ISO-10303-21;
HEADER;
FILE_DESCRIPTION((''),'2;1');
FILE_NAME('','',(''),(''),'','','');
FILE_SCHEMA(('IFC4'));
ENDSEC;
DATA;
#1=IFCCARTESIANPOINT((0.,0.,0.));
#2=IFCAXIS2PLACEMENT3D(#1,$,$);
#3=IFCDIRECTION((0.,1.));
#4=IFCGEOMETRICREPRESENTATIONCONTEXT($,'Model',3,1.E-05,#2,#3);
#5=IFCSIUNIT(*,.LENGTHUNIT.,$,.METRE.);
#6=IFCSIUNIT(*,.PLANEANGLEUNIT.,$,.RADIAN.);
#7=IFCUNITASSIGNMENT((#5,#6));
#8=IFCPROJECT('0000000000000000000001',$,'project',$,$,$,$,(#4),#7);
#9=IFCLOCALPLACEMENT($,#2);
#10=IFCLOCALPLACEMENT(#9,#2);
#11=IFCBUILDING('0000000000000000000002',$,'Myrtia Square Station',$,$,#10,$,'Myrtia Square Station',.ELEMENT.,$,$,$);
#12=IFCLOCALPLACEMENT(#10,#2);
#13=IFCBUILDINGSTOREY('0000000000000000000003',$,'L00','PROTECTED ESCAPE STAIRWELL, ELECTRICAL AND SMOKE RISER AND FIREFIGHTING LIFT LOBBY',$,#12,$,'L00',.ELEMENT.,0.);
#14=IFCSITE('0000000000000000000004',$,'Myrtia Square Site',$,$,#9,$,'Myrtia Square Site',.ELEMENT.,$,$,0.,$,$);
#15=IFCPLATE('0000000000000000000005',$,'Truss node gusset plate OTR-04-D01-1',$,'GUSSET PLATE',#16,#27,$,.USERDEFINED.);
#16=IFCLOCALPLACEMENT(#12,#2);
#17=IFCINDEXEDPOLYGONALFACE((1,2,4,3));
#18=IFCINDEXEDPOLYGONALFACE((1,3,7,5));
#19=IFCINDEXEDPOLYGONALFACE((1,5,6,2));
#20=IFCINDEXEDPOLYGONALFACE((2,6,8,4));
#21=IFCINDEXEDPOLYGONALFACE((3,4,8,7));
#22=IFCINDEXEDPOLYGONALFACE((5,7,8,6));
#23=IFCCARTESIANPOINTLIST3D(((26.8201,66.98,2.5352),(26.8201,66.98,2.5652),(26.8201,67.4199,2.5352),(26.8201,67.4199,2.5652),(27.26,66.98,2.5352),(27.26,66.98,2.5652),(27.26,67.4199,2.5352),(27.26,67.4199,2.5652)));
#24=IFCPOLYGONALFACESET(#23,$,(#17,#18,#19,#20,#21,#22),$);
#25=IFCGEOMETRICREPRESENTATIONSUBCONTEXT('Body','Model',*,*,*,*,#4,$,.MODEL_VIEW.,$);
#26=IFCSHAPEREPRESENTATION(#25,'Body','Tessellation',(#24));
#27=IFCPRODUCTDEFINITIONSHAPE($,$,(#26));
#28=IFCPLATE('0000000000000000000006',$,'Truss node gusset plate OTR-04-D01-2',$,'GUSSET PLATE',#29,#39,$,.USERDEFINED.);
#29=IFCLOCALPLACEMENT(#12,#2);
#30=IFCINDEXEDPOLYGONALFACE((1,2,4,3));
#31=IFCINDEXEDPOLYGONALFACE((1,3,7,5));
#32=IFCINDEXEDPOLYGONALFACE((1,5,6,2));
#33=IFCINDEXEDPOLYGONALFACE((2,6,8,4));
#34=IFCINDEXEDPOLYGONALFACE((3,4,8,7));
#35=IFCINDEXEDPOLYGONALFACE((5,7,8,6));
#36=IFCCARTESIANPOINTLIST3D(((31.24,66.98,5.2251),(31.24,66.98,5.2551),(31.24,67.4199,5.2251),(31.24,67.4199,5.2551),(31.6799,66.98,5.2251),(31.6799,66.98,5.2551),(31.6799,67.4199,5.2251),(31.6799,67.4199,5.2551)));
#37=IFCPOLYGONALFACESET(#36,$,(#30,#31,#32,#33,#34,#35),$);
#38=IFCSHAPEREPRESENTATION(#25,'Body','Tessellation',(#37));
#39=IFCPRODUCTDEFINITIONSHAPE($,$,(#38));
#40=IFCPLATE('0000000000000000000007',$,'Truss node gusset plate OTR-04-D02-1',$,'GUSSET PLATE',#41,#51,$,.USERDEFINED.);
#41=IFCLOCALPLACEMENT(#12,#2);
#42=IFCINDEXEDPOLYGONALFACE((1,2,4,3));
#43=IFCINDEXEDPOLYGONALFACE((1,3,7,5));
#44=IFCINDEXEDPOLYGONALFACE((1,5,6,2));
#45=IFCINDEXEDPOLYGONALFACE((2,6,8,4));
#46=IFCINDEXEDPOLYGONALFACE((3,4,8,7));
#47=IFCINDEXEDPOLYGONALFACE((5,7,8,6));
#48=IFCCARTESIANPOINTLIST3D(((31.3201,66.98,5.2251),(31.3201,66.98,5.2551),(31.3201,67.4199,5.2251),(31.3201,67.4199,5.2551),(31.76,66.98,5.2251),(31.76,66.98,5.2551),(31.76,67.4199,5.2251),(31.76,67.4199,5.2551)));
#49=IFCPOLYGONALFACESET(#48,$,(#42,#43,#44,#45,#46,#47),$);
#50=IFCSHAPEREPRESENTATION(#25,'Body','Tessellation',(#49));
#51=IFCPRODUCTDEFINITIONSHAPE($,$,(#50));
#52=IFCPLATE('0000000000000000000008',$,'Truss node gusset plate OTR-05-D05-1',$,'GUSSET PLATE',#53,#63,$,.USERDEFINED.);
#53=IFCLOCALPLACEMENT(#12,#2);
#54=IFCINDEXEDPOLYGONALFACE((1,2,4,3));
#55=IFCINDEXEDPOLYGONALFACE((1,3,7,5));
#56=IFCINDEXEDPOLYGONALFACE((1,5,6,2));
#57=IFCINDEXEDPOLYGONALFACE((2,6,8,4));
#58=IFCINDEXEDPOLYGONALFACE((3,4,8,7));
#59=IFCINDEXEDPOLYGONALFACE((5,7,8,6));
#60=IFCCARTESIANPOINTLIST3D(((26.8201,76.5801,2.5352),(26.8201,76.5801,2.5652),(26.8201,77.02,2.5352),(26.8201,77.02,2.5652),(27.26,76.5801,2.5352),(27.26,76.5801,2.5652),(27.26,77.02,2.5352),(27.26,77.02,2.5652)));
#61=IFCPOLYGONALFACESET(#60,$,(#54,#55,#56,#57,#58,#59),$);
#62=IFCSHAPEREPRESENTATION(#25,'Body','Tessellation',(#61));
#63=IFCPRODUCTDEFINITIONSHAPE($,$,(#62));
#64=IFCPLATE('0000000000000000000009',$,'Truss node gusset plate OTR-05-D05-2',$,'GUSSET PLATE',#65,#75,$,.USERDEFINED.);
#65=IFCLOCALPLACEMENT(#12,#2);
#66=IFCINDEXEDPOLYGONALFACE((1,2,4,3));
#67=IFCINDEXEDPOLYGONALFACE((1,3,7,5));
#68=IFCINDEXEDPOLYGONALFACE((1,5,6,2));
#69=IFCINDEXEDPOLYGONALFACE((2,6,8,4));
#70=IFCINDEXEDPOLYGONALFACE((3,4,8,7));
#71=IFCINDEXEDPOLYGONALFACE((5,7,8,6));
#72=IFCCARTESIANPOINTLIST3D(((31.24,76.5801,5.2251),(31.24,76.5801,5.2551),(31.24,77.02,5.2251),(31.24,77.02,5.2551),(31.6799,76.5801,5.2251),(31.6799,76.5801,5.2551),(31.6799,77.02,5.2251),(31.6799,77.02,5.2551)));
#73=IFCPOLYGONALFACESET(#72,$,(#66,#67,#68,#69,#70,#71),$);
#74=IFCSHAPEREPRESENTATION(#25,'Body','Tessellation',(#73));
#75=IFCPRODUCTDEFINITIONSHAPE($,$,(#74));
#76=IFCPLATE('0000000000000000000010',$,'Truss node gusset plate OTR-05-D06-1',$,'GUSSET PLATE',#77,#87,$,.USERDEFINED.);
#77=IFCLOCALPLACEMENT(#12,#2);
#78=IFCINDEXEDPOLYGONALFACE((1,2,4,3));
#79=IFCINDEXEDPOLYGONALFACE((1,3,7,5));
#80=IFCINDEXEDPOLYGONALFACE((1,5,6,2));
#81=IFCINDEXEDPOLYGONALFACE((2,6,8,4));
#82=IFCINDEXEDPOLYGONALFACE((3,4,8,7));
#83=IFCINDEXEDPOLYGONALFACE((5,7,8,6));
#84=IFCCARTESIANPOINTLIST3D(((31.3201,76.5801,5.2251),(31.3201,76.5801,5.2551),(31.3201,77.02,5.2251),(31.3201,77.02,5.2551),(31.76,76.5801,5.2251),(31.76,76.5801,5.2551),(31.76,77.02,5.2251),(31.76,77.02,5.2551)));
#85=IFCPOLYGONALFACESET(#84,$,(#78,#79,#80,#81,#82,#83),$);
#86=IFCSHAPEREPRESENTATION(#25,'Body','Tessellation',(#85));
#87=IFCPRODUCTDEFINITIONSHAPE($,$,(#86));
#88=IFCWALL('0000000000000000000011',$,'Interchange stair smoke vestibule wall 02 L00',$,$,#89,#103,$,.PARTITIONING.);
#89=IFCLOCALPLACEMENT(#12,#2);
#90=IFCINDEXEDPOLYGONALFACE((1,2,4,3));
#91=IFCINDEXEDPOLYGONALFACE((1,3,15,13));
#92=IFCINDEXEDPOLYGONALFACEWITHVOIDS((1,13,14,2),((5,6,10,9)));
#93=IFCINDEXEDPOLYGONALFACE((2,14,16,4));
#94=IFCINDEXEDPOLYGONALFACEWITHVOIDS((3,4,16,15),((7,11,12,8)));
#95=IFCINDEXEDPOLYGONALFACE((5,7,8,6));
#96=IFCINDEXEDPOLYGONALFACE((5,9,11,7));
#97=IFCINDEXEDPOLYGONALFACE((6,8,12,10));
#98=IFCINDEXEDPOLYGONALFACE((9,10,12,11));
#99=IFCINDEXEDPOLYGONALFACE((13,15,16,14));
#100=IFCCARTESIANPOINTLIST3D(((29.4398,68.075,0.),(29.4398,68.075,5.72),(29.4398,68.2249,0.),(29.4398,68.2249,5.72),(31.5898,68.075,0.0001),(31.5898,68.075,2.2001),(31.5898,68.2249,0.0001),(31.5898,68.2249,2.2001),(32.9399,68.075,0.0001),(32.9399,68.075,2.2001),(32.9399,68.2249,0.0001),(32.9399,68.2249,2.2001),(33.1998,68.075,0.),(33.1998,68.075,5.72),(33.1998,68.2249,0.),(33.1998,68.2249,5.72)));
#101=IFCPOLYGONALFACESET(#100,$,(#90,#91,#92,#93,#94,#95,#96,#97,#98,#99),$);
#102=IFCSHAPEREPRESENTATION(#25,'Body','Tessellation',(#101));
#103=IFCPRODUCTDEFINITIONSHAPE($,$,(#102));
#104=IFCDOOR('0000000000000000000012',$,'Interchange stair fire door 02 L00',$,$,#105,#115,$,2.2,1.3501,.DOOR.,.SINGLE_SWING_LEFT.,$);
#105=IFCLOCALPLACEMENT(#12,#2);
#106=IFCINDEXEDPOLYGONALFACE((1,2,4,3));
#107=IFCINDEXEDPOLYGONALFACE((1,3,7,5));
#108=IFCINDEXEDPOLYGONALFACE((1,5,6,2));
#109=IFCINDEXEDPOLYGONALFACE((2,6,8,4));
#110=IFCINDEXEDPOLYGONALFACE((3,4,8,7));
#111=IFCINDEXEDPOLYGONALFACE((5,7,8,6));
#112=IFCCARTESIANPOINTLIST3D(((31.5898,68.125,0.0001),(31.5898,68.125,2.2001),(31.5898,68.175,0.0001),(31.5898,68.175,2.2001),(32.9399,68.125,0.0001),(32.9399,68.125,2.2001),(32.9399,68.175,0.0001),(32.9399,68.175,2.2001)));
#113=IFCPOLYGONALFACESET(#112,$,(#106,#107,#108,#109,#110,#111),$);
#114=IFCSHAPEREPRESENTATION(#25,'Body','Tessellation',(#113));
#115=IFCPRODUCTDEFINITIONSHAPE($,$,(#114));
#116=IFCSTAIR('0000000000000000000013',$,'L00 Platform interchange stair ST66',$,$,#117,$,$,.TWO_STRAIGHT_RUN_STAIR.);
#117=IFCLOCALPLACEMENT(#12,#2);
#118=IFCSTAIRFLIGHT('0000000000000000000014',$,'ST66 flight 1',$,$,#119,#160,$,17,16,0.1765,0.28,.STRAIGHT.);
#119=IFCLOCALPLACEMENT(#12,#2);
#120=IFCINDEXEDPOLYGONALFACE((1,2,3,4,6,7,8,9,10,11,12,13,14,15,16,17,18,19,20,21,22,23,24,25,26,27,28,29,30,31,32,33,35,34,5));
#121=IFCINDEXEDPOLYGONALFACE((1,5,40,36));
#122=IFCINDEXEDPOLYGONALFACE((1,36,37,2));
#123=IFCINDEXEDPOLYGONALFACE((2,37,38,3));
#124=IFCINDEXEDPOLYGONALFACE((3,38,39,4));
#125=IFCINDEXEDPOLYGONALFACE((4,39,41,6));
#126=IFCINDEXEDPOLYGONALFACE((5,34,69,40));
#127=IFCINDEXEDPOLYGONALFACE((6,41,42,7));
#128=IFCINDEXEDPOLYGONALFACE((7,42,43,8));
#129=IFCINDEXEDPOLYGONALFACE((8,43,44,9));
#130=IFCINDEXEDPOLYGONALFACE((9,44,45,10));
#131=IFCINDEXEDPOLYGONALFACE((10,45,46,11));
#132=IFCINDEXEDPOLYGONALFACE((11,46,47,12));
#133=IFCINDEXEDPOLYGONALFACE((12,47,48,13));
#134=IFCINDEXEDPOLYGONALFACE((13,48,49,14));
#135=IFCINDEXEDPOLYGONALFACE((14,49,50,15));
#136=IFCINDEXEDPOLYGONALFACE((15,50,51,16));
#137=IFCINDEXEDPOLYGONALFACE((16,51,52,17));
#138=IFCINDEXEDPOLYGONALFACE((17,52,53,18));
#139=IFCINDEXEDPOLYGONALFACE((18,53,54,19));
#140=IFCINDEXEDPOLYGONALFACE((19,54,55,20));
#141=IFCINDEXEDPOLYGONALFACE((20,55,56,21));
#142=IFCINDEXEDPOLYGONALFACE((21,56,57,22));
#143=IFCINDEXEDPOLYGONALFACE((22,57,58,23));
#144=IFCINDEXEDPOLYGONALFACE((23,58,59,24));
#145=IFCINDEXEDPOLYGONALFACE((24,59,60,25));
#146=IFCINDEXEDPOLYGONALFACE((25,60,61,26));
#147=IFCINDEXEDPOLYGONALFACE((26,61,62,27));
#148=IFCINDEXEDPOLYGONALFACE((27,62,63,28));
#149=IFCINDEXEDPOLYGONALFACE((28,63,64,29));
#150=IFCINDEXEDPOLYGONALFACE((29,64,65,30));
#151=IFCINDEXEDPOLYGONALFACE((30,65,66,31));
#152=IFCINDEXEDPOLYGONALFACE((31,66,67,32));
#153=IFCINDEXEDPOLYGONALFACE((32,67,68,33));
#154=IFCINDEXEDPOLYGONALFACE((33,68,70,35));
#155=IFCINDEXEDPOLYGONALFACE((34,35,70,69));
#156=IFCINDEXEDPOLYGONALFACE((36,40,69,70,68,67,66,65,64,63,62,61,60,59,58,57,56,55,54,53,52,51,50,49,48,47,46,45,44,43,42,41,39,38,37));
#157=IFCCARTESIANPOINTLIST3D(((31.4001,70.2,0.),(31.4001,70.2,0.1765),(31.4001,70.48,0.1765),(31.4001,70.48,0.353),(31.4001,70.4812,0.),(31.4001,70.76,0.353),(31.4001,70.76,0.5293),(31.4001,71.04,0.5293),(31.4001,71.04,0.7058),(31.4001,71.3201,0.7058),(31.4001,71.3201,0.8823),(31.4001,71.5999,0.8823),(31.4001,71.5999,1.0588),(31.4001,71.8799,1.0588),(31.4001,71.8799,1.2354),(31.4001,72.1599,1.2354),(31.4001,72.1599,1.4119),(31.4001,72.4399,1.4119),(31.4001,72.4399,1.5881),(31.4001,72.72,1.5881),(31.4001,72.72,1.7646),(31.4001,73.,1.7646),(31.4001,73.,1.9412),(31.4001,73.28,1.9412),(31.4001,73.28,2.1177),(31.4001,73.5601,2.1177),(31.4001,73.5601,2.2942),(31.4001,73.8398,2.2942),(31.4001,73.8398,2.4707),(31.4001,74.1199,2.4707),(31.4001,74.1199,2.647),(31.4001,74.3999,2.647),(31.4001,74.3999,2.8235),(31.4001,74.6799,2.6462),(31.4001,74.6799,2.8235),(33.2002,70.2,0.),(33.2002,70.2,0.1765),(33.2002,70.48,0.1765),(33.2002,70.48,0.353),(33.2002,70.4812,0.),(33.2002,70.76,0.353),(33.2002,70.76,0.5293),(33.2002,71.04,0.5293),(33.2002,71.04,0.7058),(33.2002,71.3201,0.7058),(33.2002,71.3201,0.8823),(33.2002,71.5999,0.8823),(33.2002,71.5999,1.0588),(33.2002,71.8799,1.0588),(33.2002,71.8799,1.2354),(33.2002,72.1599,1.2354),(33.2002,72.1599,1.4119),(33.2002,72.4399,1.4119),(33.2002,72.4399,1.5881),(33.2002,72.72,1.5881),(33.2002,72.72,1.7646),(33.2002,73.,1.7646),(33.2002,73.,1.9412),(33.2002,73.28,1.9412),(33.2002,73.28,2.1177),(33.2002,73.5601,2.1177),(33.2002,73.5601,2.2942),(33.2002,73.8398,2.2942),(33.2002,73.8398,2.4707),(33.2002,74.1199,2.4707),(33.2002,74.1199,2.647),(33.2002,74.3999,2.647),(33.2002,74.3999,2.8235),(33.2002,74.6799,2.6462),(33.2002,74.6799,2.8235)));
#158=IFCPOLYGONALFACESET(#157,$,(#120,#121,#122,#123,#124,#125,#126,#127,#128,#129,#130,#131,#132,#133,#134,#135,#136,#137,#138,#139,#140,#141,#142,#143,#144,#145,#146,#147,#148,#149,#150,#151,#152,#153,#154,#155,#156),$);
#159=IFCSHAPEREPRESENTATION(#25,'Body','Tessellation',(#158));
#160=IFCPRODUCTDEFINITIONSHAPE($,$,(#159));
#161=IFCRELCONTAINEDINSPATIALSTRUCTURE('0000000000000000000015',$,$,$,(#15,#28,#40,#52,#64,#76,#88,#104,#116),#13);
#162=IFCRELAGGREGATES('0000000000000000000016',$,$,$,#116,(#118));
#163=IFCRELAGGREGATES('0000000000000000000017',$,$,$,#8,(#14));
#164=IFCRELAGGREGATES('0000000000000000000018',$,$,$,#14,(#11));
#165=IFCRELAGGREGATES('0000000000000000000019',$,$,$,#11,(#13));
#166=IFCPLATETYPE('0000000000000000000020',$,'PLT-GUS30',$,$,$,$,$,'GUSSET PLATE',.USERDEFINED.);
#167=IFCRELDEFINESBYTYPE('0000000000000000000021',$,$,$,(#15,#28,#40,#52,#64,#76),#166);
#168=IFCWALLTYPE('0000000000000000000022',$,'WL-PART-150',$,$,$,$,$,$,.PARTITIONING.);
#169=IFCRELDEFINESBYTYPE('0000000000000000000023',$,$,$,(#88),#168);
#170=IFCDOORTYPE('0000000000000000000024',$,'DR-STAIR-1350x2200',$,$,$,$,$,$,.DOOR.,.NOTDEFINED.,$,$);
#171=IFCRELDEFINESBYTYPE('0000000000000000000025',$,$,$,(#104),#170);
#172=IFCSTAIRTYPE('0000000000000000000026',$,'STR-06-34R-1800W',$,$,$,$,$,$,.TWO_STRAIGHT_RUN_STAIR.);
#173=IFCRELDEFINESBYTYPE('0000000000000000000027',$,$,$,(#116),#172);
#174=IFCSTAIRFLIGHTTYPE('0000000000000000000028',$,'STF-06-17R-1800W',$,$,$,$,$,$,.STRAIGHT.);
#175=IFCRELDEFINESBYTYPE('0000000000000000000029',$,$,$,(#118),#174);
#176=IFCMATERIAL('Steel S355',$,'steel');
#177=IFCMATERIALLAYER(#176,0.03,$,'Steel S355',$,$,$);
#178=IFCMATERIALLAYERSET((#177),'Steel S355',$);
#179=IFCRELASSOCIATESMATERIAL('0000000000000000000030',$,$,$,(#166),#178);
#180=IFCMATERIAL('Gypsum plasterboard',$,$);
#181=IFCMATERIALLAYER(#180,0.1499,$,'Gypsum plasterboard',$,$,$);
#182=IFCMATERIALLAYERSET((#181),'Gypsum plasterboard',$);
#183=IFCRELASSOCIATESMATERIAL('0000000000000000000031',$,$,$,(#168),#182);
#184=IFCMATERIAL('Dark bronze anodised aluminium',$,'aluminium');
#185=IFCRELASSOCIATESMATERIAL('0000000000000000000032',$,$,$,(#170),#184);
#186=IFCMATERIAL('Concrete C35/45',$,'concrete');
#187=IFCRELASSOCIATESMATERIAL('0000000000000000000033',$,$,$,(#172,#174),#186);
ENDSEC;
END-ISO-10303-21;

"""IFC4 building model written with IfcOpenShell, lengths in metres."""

from ifc_helpers import new_model, si_unit, direction, frame, frame_2d, origin, origin_2d, place, context, subcontext, project, spatial, polyline, rectangle, outline, extrude, material, layer, layer_set, type_object, element, fill, aggregate, save


model = new_model("IFC4")

# Units and contexts
model_context = context("Model", 3, precision=1e-05, world=origin(), true_north=direction((0.0, 1.0)))
body_context = subcontext(model_context, "Body", "Model", "MODEL_VIEW")
ifc_project = project(units=[si_unit("LENGTHUNIT", "METRE"), si_unit("PLANEANGLEUNIT", "RADIAN")], contexts=[model_context])

# Site, building, storey
site_placement = place(None, origin())
site = spatial("IfcSite", under=ifc_project, at=site_placement, Name="Myrtia Square Site", LongName="Myrtia Square Site", CompositionType="ELEMENT", RefElevation=0.0)
building_placement = place(site_placement, origin())
building = spatial("IfcBuilding", under=site, at=building_placement, Name="Myrtia Square Station", LongName="Myrtia Square Station", CompositionType="ELEMENT")
storey_placement = place(building_placement, origin())
storey = spatial("IfcBuildingStorey", under=building, at=storey_placement, Name="L00", Description="PROTECTED ESCAPE STAIRWELL, ELECTRICAL AND SMOKE RISER AND FIREFIGHTING LIFT LOBBY", LongName="L00", CompositionType="ELEMENT", Elevation=0.0)

# Shared definitions
ifc_material_1 = material(Name="Steel S355", Category="steel")

# Plates
ifc_layer_1 = layer(ifc_material_1, 0.03, Name="Steel S355")
ifc_layer_set_1 = layer_set([ifc_layer_1], Name="Steel S355")
plate_type = type_object("IfcPlateType", Name="PLT-GUS30", ElementType="GUSSET PLATE", PredefinedType="USERDEFINED", material=ifc_layer_set_1)
for number, where, z_axis, x_axis, name in (
    (1, (27.04, 67.2, 2.5352), (0.0, 0.0, 1.0), (1.0, 0.0, 0.0), "Truss node gusset plate OTR-04-D01-1"),
    (2, (31.46, 67.2, 5.2251), (0.0, 0.0, 1.0), (1.0, 0.0, 0.0), "Truss node gusset plate OTR-04-D01-2"),
    (3, (31.54, 67.2, 5.2251), (0.0, 0.0, 1.0), (1.0, 0.0, 0.0), "Truss node gusset plate OTR-04-D02-1"),
    (4, (27.04, 76.8, 2.5352), (0.0, 0.0, 1.0), (1.0, 0.0, 0.0), "Truss node gusset plate OTR-05-D05-1"),
    (5, (31.46, 76.8, 5.2251), (0.0, 0.0, 1.0), (1.0, 0.0, 0.0), "Truss node gusset plate OTR-05-D05-2"),
    (6, (31.54, 76.8, 5.2251), (0.0, 0.0, 1.0), (1.0, 0.0, 0.0), "Truss node gusset plate OTR-05-D06-1"),
):
    element("IfcPlate", number, at=place(storey_placement, frame(where, z_axis=z_axis, x_axis=x_axis)), inside=storey, type_object=plate_type, Name=name, ObjectType="GUSSET PLATE", PredefinedType="USERDEFINED", context=body_context, shape_type="SweptSolid", body=[
        extrude(rectangle(XDim=0.4399, YDim=0.4399, at=origin_2d()), origin(), (0.0, 0.0, 1.0), 0.03),
    ])

# Wall, opening, door
ifc_material_2 = material(Name="Gypsum plasterboard")
ifc_layer_2 = layer(ifc_material_2, 0.1499, Name="Gypsum plasterboard")
ifc_layer_set_2 = layer_set([ifc_layer_2], Name="Gypsum plasterboard")
wall_type = type_object("IfcWallType", Name="WL-PART-150", PredefinedType="PARTITIONING", material=ifc_layer_set_2)
wall_placement = place(storey_placement, frame((29.4399, 68.1499, 0.0), z_axis=(0.0, 0.0, 1.0), x_axis=(1.0, 0.0, 0.0)))
wall = element("IfcWall", 7, at=wall_placement, inside=storey, type_object=wall_type, Name="Interchange stair smoke vestibule wall 02 L00", PredefinedType="PARTITIONING", context=body_context, shape_type="SweptSolid", body=[
    extrude(rectangle(XDim=3.76, YDim=0.1499, at=frame_2d((1.8799, 0.0))), origin(), (0.0, 0.0, 1.0), 5.72),
])
opening_placement = place(wall_placement, frame((2.1499, 0.0, 0.0)))
opening = element("IfcOpeningElement", 8, at=opening_placement, cuts=wall, PredefinedType="OPENING", context=body_context, shape_type="SweptSolid", body=[
    extrude(rectangle(XDim=1.3501, YDim=2.2, at=frame_2d((0.675, 1.1001))), frame((0.0, 0.0898, 0.0), z_axis=(0.0, -1.0, 0.0), x_axis=(1.0, 0.0, 0.0)), (0.0, 0.0, 1.0), 0.1799),
])
ifc_material_3 = material(Name="Dark bronze anodised aluminium", Category="aluminium")
door_type = type_object("IfcDoorType", Name="DR-STAIR-1350x2200", OperationType="NOTDEFINED", PredefinedType="DOOR", material=ifc_material_3)
door_placement = place(opening_placement, frame((1.3501, 0.0, 0.0), z_axis=(0.0, 0.0, 1.0), x_axis=(-1.0, 0.0, 0.0)))
door = element("IfcDoor", 9, at=door_placement, inside=storey, type_object=door_type, Name="Interchange stair fire door 02 L00", OperationType="SINGLE_SWING_LEFT", OverallHeight=2.2, OverallWidth=1.3501, PredefinedType="DOOR", context=body_context, shape_type="SweptSolid", body=[
    extrude(rectangle(XDim=1.3501, YDim=2.2, at=frame_2d((0.675, 1.1001))), frame((0.0, 0.0249, 0.0), z_axis=(0.0, -1.0, 0.0), x_axis=(1.0, 0.0, 0.0)), (0.0, 0.0, 1.0), 0.05),
])
fill(opening, door)

# Stair, stair flight
ifc_material_4 = material(Name="Concrete C35/45", Category="concrete")
stair_type = type_object("IfcStairType", Name="STR-06-34R-1800W", PredefinedType="TWO_STRAIGHT_RUN_STAIR", material=ifc_material_4)
stair_placement = place(storey_placement, origin())
stair = element("IfcStair", 10, at=stair_placement, inside=storey, type_object=stair_type, Name="L00 Platform interchange stair ST66", PredefinedType="TWO_STRAIGHT_RUN_STAIR")
stair_flight_type = type_object("IfcStairFlightType", Name="STF-06-17R-1800W", PredefinedType="STRAIGHT", material=ifc_material_4)
stair_flight_1_placement = place(storey_placement, frame((32.3, 70.2, 0.0), z_axis=(0.0, 0.0, 1.0), x_axis=(0.0, 1.0, 0.0)))
stair_flight_1 = element("IfcStairFlight", 11, at=stair_flight_1_placement, type_object=stair_flight_type, Name="ST66 flight 1", NumberOfRisers=17, NumberOfTreads=16, PredefinedType="STRAIGHT", RiserHeight=0.1765, TreadLength=0.28, context=body_context, shape_type="SweptSolid", body=[
    extrude(outline(polyline([(0.0, 0.0), (0.0, 0.1765), (0.28, 0.1765), (0.28, 0.353), (0.5601, 0.353), (0.5601, 0.5293), (0.8401, 0.5293), (0.8401, 0.7058), (1.1201, 0.7058), (1.1201, 0.8823), (1.3999, 0.8823), (1.3999, 1.0588), (1.6799, 1.0588), (1.6799, 1.2354), (1.96, 1.2354), (1.96, 1.4119), (2.24, 1.4119), (2.24, 1.5881), (2.52, 1.5881), (2.52, 1.7646), (2.8, 1.7646), (2.8, 1.9412), (3.0801, 1.9412), (3.0801, 2.1177), (3.3601, 2.1177), (3.3601, 2.2942), (3.6399, 2.2942), (3.6399, 2.4707), (3.9199, 2.4707), (3.9199, 2.647), (4.2, 2.647), (4.2, 2.8235), (4.48, 2.8235), (4.48, 3.0), (4.48, 2.6462), (0.2812, 0.0), (0.0, 0.0)])), frame((0.0, 0.8999, 0.0), z_axis=(0.0, -1.0, 0.0), x_axis=(1.0, 0.0, 0.0)), (0.0, 0.0, 1.0), 1.8),
])
aggregate(stair, [stair_flight_1])

save(model, "model.ifc")
